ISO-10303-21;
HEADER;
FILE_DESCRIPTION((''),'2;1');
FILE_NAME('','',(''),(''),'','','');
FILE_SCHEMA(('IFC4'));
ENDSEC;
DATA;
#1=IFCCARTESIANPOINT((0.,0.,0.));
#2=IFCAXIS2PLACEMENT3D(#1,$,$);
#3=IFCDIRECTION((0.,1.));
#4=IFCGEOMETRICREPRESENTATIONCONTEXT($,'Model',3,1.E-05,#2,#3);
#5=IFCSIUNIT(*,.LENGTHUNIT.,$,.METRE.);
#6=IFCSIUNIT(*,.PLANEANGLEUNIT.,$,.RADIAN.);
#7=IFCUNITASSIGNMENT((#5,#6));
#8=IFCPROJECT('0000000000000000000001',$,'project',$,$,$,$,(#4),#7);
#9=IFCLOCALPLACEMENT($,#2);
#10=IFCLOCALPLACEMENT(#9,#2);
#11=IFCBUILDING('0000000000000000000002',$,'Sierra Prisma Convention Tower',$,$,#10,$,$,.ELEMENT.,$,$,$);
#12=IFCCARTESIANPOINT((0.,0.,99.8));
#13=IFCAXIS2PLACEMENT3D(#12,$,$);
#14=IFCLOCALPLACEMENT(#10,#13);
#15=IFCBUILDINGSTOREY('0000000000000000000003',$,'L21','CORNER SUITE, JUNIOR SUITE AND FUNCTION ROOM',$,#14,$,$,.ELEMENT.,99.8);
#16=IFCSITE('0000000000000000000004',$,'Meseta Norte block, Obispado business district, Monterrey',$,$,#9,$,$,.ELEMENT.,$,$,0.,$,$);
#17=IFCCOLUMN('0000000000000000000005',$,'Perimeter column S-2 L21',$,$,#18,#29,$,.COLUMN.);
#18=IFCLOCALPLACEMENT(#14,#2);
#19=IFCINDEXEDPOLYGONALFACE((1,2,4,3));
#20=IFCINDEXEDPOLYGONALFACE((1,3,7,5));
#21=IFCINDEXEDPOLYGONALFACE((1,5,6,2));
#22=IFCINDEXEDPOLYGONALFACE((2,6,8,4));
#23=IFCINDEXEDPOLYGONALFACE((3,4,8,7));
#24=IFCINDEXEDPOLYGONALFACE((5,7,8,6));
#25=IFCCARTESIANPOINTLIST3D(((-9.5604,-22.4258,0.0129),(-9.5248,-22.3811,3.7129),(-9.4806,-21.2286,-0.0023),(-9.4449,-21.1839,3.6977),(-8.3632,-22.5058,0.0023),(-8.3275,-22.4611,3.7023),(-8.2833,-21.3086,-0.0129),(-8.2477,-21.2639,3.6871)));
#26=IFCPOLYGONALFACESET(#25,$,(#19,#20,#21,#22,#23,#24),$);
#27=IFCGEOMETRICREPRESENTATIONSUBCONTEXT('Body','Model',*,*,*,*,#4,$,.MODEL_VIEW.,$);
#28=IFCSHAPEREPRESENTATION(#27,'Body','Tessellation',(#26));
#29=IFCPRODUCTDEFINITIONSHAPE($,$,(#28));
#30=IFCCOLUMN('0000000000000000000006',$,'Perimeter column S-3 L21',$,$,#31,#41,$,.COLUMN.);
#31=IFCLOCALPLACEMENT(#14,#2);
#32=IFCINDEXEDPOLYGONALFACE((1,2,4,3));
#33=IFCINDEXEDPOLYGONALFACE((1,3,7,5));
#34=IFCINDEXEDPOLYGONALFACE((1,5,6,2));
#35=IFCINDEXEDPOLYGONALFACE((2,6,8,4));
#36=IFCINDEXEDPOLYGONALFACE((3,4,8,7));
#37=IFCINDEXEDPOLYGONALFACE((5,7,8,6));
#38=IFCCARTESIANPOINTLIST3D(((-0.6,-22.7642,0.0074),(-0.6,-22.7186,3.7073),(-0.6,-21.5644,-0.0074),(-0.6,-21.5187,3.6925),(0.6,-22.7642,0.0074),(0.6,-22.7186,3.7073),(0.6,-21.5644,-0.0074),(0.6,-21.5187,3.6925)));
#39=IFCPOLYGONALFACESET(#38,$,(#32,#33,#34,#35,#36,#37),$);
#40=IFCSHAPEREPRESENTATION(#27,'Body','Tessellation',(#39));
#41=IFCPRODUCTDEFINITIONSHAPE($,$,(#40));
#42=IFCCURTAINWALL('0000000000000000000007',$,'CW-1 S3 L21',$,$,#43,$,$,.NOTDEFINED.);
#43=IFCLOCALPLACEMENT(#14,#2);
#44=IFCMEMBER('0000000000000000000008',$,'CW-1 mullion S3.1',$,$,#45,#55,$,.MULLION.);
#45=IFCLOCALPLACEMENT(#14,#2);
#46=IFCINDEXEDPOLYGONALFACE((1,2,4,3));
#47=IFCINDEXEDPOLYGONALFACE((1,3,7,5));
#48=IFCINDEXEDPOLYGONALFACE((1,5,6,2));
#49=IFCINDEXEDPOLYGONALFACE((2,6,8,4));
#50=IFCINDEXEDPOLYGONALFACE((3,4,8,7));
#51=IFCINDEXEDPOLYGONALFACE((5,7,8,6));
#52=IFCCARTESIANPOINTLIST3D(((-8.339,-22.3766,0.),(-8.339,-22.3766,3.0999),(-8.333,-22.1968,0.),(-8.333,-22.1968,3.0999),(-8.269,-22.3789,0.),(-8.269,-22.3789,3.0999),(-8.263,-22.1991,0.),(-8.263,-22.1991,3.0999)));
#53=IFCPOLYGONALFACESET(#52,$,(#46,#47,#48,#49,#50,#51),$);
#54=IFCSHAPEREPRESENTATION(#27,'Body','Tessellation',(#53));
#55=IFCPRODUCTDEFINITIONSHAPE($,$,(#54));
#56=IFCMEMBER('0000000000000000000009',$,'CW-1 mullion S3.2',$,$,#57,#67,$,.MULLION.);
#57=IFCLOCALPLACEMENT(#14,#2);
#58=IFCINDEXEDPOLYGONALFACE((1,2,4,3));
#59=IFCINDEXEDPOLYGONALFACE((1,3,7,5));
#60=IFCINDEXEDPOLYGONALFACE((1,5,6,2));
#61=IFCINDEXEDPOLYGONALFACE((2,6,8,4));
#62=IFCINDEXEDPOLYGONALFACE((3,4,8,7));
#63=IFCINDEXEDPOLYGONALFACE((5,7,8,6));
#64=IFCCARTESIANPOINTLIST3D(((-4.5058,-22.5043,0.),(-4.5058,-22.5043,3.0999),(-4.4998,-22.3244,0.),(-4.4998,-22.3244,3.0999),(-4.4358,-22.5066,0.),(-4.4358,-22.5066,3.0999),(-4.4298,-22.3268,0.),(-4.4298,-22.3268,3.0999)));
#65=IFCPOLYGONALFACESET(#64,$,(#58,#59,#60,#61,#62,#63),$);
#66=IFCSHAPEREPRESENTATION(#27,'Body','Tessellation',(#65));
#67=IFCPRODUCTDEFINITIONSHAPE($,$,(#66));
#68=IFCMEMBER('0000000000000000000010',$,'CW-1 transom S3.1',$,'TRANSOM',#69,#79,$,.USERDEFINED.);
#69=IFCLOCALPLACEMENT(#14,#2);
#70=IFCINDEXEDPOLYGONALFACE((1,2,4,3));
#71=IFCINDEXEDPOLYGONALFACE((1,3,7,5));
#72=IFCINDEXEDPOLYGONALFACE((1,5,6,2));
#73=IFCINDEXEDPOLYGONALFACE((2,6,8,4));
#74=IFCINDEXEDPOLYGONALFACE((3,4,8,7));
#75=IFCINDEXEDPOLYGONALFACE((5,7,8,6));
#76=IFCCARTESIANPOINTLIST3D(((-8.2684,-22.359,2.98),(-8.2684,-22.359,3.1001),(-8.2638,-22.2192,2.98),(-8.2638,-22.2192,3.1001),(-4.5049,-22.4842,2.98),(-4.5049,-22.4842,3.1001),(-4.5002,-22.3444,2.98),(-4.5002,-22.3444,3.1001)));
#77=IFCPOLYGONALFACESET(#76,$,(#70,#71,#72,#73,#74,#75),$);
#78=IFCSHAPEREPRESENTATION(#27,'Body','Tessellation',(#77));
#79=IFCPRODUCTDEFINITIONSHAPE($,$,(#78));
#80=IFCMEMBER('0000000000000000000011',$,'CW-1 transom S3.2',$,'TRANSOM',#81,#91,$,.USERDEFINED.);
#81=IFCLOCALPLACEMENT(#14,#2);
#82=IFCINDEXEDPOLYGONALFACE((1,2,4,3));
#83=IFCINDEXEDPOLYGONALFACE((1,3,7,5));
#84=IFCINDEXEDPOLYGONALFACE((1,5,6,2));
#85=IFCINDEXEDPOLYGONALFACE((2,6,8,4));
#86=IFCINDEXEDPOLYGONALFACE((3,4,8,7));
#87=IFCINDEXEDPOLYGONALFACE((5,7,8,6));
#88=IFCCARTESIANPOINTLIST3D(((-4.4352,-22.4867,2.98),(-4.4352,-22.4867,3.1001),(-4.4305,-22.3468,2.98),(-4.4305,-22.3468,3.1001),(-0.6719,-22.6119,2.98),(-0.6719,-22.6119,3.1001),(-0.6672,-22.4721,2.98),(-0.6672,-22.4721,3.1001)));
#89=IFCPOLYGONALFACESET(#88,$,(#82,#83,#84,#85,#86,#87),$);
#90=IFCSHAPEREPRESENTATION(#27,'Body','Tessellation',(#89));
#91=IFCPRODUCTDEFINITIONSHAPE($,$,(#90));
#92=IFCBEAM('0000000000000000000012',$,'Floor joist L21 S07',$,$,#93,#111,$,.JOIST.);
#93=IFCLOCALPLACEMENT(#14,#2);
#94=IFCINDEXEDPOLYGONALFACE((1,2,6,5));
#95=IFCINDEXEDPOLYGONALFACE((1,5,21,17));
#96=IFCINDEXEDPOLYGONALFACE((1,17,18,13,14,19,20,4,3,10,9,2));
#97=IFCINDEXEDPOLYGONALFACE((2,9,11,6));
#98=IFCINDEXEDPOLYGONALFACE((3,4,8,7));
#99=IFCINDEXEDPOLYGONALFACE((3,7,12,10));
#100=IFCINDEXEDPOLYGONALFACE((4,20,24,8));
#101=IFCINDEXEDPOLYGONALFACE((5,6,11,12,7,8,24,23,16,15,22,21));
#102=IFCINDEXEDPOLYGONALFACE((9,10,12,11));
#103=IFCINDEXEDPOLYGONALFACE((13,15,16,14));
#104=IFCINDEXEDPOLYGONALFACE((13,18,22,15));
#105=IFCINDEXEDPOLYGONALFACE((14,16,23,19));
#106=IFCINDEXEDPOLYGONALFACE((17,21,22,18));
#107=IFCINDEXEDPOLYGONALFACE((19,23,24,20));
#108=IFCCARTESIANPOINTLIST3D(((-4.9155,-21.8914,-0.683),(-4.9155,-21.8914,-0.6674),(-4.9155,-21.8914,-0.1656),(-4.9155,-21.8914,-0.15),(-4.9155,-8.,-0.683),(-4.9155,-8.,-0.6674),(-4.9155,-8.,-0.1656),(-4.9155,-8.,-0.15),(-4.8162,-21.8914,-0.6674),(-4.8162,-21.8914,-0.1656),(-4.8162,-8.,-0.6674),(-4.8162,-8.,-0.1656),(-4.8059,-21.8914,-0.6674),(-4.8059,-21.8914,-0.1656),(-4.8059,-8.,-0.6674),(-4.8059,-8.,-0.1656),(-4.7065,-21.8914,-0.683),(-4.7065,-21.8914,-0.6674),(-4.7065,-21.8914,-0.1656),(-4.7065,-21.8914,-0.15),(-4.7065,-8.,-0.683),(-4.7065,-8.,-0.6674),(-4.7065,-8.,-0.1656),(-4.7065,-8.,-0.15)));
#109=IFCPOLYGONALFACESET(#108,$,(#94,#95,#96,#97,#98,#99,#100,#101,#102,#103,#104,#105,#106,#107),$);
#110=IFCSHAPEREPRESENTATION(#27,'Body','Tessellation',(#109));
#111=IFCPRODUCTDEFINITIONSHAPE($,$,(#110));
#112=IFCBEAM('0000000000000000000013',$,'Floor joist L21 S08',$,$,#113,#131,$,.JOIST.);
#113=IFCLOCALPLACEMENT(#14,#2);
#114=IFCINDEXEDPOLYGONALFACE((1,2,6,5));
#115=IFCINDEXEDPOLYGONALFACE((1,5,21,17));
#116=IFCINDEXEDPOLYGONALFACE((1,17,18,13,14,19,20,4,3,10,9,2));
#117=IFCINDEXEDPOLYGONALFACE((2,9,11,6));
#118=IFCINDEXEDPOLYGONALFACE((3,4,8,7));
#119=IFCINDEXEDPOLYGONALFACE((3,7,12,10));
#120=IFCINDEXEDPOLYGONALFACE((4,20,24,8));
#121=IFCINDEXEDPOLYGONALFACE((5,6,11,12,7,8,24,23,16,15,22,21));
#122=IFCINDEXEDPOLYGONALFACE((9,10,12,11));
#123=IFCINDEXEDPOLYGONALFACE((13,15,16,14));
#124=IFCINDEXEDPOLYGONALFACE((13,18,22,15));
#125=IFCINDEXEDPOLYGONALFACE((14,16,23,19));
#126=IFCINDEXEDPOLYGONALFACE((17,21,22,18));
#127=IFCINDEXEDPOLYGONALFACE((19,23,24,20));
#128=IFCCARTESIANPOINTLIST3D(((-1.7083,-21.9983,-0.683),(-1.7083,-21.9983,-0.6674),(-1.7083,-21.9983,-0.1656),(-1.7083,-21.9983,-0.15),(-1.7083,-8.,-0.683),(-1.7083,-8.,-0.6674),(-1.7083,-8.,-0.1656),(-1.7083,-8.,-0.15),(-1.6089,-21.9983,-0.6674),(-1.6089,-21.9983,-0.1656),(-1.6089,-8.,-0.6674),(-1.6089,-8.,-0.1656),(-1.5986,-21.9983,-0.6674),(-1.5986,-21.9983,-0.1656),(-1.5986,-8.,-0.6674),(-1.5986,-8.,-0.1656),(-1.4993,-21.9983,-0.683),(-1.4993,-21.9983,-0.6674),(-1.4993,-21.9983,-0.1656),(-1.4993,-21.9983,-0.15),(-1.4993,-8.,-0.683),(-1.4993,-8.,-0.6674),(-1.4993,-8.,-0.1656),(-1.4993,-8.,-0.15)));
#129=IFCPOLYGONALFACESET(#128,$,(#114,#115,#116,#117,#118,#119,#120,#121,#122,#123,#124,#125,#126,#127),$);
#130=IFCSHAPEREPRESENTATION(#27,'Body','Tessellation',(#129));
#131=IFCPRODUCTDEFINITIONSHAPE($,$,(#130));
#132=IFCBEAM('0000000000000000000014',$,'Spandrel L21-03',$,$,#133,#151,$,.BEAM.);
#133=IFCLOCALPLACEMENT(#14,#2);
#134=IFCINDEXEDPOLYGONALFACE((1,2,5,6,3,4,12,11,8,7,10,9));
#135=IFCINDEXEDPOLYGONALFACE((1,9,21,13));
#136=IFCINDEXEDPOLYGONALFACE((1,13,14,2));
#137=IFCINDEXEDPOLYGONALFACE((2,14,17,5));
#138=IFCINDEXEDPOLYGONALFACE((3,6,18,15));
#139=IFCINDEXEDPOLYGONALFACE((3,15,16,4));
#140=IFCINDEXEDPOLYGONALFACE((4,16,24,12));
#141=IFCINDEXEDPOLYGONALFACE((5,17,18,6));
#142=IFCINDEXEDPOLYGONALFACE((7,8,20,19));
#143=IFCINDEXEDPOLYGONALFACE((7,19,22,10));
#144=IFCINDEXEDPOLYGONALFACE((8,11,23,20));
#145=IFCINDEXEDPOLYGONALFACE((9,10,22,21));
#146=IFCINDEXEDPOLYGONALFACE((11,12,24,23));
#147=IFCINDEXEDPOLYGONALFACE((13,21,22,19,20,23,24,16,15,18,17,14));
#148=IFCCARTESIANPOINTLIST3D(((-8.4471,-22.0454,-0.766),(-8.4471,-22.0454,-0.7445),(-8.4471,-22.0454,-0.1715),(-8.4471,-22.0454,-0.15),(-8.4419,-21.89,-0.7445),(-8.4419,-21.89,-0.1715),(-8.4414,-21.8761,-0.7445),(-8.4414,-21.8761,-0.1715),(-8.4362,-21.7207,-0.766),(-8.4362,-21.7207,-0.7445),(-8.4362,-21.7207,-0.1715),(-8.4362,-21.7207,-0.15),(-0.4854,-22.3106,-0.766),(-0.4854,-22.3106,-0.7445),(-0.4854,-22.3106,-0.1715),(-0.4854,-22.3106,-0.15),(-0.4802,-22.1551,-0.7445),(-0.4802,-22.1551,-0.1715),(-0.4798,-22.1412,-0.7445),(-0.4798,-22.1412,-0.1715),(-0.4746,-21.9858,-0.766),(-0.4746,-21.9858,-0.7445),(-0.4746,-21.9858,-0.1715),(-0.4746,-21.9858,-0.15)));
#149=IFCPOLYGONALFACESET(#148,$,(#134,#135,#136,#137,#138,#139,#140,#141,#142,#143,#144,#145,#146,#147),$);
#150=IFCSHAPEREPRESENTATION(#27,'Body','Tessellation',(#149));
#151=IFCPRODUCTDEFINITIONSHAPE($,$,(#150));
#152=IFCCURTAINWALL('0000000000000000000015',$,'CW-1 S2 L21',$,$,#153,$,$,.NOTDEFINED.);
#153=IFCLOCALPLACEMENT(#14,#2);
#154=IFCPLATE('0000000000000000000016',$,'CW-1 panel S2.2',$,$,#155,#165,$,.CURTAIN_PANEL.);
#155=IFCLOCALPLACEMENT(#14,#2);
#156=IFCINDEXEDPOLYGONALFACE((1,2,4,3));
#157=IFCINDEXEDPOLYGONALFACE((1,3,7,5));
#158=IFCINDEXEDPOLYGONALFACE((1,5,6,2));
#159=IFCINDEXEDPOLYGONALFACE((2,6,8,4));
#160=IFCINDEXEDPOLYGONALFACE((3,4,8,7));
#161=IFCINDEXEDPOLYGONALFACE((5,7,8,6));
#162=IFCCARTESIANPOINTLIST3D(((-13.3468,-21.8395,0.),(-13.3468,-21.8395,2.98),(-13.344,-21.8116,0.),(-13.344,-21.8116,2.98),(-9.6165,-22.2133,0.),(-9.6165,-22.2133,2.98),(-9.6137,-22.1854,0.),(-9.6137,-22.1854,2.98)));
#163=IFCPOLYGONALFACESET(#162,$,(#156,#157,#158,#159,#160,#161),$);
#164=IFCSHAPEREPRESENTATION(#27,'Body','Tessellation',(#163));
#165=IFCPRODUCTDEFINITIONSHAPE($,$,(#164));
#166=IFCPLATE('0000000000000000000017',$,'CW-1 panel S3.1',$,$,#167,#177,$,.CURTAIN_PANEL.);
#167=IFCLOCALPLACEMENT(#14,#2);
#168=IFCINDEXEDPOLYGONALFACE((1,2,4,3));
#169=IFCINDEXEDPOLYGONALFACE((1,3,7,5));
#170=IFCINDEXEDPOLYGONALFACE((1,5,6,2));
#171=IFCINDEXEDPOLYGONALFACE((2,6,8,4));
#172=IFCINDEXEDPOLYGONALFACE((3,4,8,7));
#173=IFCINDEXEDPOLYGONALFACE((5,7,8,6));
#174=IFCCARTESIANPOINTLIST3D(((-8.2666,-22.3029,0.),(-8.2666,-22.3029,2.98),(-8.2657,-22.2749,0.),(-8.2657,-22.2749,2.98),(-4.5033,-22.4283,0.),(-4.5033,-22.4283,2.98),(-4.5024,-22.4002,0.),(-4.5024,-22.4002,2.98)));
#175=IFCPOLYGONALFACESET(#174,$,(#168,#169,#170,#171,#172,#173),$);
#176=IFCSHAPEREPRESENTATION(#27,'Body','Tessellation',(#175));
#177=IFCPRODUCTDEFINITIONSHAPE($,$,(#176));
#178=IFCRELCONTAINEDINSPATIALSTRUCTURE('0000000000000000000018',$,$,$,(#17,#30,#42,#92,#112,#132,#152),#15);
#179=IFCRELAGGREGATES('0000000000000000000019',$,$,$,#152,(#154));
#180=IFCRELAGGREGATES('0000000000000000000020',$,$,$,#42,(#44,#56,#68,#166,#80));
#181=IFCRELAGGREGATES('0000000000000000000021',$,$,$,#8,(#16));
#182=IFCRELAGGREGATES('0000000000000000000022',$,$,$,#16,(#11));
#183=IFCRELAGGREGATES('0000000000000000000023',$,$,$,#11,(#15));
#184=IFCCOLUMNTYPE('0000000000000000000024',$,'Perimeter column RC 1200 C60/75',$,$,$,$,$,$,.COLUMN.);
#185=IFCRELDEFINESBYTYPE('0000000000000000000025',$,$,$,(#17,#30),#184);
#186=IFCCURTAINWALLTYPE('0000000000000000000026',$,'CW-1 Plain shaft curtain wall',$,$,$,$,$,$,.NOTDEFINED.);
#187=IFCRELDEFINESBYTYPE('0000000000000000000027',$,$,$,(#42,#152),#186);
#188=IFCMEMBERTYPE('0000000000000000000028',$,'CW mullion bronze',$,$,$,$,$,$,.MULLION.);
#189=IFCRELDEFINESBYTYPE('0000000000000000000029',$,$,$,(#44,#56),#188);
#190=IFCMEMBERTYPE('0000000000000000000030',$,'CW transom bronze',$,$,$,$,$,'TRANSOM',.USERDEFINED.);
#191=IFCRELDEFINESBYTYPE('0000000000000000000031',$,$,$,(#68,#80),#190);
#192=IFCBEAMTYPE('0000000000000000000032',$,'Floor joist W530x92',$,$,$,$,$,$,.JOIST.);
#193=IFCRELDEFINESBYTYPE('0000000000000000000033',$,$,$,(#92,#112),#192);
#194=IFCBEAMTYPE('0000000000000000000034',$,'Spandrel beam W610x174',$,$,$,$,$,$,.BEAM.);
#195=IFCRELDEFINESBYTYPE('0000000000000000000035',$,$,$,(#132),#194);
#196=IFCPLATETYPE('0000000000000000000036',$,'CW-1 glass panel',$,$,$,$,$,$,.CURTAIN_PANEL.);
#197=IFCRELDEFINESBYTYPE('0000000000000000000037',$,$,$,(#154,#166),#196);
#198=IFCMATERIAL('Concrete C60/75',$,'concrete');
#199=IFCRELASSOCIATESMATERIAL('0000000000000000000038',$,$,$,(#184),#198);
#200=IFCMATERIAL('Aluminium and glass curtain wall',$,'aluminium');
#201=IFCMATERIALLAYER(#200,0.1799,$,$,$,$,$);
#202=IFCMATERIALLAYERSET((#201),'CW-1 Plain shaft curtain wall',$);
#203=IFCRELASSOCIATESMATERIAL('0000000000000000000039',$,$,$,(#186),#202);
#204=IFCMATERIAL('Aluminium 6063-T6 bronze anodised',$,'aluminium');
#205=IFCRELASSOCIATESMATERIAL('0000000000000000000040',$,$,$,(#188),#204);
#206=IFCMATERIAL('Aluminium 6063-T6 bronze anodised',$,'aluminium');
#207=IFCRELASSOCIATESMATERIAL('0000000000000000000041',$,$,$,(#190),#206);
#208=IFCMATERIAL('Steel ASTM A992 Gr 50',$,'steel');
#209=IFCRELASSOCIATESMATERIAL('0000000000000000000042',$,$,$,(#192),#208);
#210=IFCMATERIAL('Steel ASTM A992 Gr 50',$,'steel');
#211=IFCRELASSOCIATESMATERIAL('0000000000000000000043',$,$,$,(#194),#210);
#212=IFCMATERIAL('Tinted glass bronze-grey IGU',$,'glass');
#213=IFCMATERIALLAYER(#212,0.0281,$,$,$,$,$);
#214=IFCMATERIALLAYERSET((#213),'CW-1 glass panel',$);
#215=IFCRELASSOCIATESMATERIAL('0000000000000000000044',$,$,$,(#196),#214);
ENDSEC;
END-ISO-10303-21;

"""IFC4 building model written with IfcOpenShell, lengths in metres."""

from ifc_helpers import new_model, si_unit, direction, frame, origin, origin_2d, place, context, subcontext, project, spatial, rectangle, i_section, extrude, material, layer, layer_set, material_profile, profile_set, type_object, element, aggregate, save


model = new_model("IFC4")

# Units and contexts
model_context = context("Model", 3, precision=1e-05, world=origin(), true_north=direction((0.0, 1.0)))
body_context = subcontext(model_context, "Body", "Model", "MODEL_VIEW")
ifc_project = project(units=[si_unit("LENGTHUNIT", "METRE"), si_unit("PLANEANGLEUNIT", "RADIAN")], contexts=[model_context])

# Site, building, storey
site_placement = place(None, origin())
site = spatial("IfcSite", under=ifc_project, at=site_placement, Name="Meseta Norte block, Obispado business district, Monterrey", CompositionType="ELEMENT", RefElevation=0.0)
building_placement = place(site_placement, origin())
building = spatial("IfcBuilding", under=site, at=building_placement, Name="Sierra Prisma Convention Tower", CompositionType="ELEMENT")
storey_placement = place(building_placement, frame((0.0, 0.0, 99.8)))
storey = spatial("IfcBuildingStorey", under=building, at=storey_placement, Name="L21", Description="CORNER SUITE, JUNIOR SUITE AND FUNCTION ROOM", CompositionType="ELEMENT", Elevation=99.8)

# Columns
ifc_material_1 = material(Name="Concrete C60/75", Category="concrete")
ifc_material_profile_1 = material_profile(ifc_material_1, rectangle(XDim=1.2, YDim=1.2, at=origin_2d()), Name="Perimeter column RC 1200 C60/75")
ifc_profile_set_1 = profile_set([ifc_material_profile_1], Name="Concrete C60/75")
column_type = type_object("IfcColumnType", Name="Perimeter column RC 1200 C60/75", PredefinedType="COLUMN", material=ifc_profile_set_1)
column_1_placement = place(storey_placement, frame((-8.9219, -21.8672, 0.0), z_axis=(0.009633, 0.012074, 0.999881), x_axis=(-0.997738, 0.066646, 0.008807)))
element("IfcColumn", 1, at=column_1_placement, inside=storey, type_object=column_type, Name="Perimeter column S-2 L21", PredefinedType="COLUMN", context=body_context, shape_type="SweptSolid", body=[
    extrude(rectangle(XDim=1.2, YDim=1.2, at=origin_2d()), origin(), (0.0, 0.0, 1.0), 3.7004),
])
column_2_placement = place(storey_placement, frame((0.0, -22.1643, 0.0), z_axis=(0.0, 0.012338, 0.999924), x_axis=(1.0, 0.0, 0.0)))
element("IfcColumn", 2, at=column_2_placement, inside=storey, type_object=column_type, Name="Perimeter column S-3 L21", PredefinedType="COLUMN", context=body_context, shape_type="SweptSolid", body=[
    extrude(rectangle(XDim=1.2, YDim=1.2, at=origin_2d()), origin(), (0.0, 0.0, 1.0), 3.7002),
])

# Curtain wall, members
ifc_material_2 = material(Name="Aluminium and glass curtain wall", Category="aluminium")
ifc_layer_1 = layer(ifc_material_2, 0.1799)
ifc_layer_set_1 = layer_set([ifc_layer_1], Name="CW-1 Plain shaft curtain wall")
curtain_wall_type = type_object("IfcCurtainWallType", Name="CW-1 Plain shaft curtain wall", PredefinedType="NOTDEFINED", material=ifc_layer_set_1)
curtain_wall_1_placement = place(storey_placement, origin())
curtain_wall_1 = element("IfcCurtainWall", 3, at=curtain_wall_1_placement, inside=storey, type_object=curtain_wall_type, Name="CW-1 S3 L21", PredefinedType="NOTDEFINED")
ifc_material_3 = material(Name="Aluminium 6063-T6 bronze anodised", Category="aluminium")
ifc_material_profile_2 = material_profile(ifc_material_3, rectangle(XDim=0.1799, YDim=0.0701, at=origin_2d()), Name="ALU MULLION 70x180")
ifc_profile_set_2 = profile_set([ifc_material_profile_2], Name="Aluminium 6063-T6 bronze anodised")
member_type_1 = type_object("IfcMemberType", Name="CW mullion bronze", PredefinedType="MULLION", material=ifc_profile_set_2)
member_1_placement = place(storey_placement, frame((-8.301, -22.2878, 0.0), z_axis=(0.0, 0.0, 1.0), x_axis=(0.033286, 0.999446, 0.0)))
member_1 = element("IfcMember", 4, at=member_1_placement, type_object=member_type_1, Name="CW-1 mullion S3.1", PredefinedType="MULLION", context=body_context, shape_type="SweptSolid", body=[
    extrude(rectangle(XDim=0.1799, YDim=0.0701, at=origin_2d()), origin(), (0.0, 0.0, 1.0), 3.0999),
])
member_2_placement = place(storey_placement, frame((-4.4678, -22.4155, 0.0), z_axis=(0.0, 0.0, 1.0), x_axis=(0.033286, 0.999446, 0.0)))
member_2 = element("IfcMember", 5, at=member_2_placement, type_object=member_type_1, Name="CW-1 mullion S3.2", PredefinedType="MULLION", context=body_context, shape_type="SweptSolid", body=[
    extrude(rectangle(XDim=0.1799, YDim=0.0701, at=origin_2d()), origin(), (0.0, 0.0, 1.0), 3.0999),
])
ifc_material_4 = material(Name="Aluminium 6063-T6 bronze anodised", Category="aluminium")
ifc_material_profile_3 = material_profile(ifc_material_4, rectangle(XDim=0.1399, YDim=0.1201, at=origin_2d()), Name="ALU TRANSOM 120x140")
ifc_profile_set_3 = profile_set([ifc_material_profile_3], Name="Aluminium 6063-T6 bronze anodised")
member_type_2 = type_object("IfcMemberType", Name="CW transom bronze", ElementType="TRANSOM", PredefinedType="USERDEFINED", material=ifc_profile_set_3)
member_3_placement = place(storey_placement, frame((-8.2661, -22.2891, 3.04), z_axis=(0.999447, -0.033261, 0.0), x_axis=(0.033261, 0.999447, 0.0)))
member_3 = element("IfcMember", 6, at=member_3_placement, type_object=member_type_2, Name="CW-1 transom S3.1", ObjectType="TRANSOM", PredefinedType="USERDEFINED", context=body_context, shape_type="SweptSolid", body=[
    extrude(rectangle(XDim=0.1399, YDim=0.1201, at=origin_2d()), origin(), (0.0, 0.0, 1.0), 3.7656),
])
member_4_placement = place(storey_placement, frame((-4.4329, -22.4167, 3.04), z_axis=(0.999447, -0.033263, 0.0), x_axis=(0.033263, 0.999447, 0.0)))
member_4 = element("IfcMember", 7, at=member_4_placement, type_object=member_type_2, Name="CW-1 transom S3.2", ObjectType="TRANSOM", PredefinedType="USERDEFINED", context=body_context, shape_type="SweptSolid", body=[
    extrude(rectangle(XDim=0.1399, YDim=0.1201, at=origin_2d()), origin(), (0.0, 0.0, 1.0), 3.7654),
])

# Beams
ifc_material_5 = material(Name="Steel ASTM A992 Gr 50", Category="steel")
ifc_material_profile_4 = material_profile(ifc_material_5, i_section(OverallWidth=0.209, OverallDepth=0.533, WebThickness=0.0103, FlangeThickness=0.0156, at=origin_2d()), Name="W530x92")
ifc_profile_set_4 = profile_set([ifc_material_profile_4], Name="Steel ASTM A992 Gr 50")
beam_type_1 = type_object("IfcBeamType", Name="Floor joist W530x92", PredefinedType="JOIST", material=ifc_profile_set_4)
beam_1_placement = place(storey_placement, frame((-4.811, -21.8914, -0.4165), z_axis=(0.0, 1.0, 0.0), x_axis=(-1.0, 0.0, 0.0)))
element("IfcBeam", 8, at=beam_1_placement, inside=storey, type_object=beam_type_1, Name="Floor joist L21 S07", PredefinedType="JOIST", context=body_context, shape_type="SweptSolid", body=[
    extrude(i_section(OverallWidth=0.209, OverallDepth=0.533, WebThickness=0.0103, FlangeThickness=0.0156, at=origin_2d()), origin(), (0.0, 0.0, 1.0), 13.8914),
])
beam_2_placement = place(storey_placement, frame((-1.6038, -21.9983, -0.4165), z_axis=(0.0, 1.0, 0.0), x_axis=(-1.0, 0.0, 0.0)))
element("IfcBeam", 9, at=beam_2_placement, inside=storey, type_object=beam_type_1, Name="Floor joist L21 S08", PredefinedType="JOIST", context=body_context, shape_type="SweptSolid", body=[
    extrude(i_section(OverallWidth=0.209, OverallDepth=0.533, WebThickness=0.0103, FlangeThickness=0.0156, at=origin_2d()), origin(), (0.0, 0.0, 1.0), 13.9983),
])
ifc_material_6 = material(Name="Steel ASTM A992 Gr 50", Category="steel")
ifc_material_profile_5 = material_profile(ifc_material_6, i_section(OverallWidth=0.325, OverallDepth=0.616, WebThickness=0.0139, FlangeThickness=0.0215, at=origin_2d()), Name="W610x174")
ifc_profile_set_5 = profile_set([ifc_material_profile_5], Name="Steel ASTM A992 Gr 50")
beam_type_2 = type_object("IfcBeamType", Name="Spandrel beam W610x174", PredefinedType="BEAM", material=ifc_profile_set_5)
beam_3_placement = place(storey_placement, frame((-8.4417, -21.8831, -0.458), z_axis=(0.999446, -0.033283, 0.0), x_axis=(0.033283, 0.999446, 0.0)))
element("IfcBeam", 10, at=beam_3_placement, inside=storey, type_object=beam_type_2, Name="Spandrel L21-03", PredefinedType="BEAM", context=body_context, shape_type="SweptSolid", body=[
    extrude(i_section(OverallWidth=0.325, OverallDepth=0.616, WebThickness=0.0139, FlangeThickness=0.0215, at=origin_2d()), origin(), (0.0, 0.0, 1.0), 7.9661),
])

# Curtain wall, plate
curtain_wall_2_placement = place(storey_placement, origin())
curtain_wall_2 = element("IfcCurtainWall", 11, at=curtain_wall_2_placement, inside=storey, type_object=curtain_wall_type, Name="CW-1 S2 L21", PredefinedType="NOTDEFINED")
ifc_material_7 = material(Name="Tinted glass bronze-grey IGU", Category="glass")
ifc_layer_2 = layer(ifc_material_7, 0.0281)
ifc_layer_set_2 = layer_set([ifc_layer_2], Name="CW-1 glass panel")
plate_type = type_object("IfcPlateType", Name="CW-1 glass panel", PredefinedType="CURTAIN_PANEL", material=ifc_layer_set_2)
plate_1_placement = place(storey_placement, frame((-11.4802, -22.0125, 0.0), z_axis=(0.0, 0.0, 1.0), x_axis=(0.995016, -0.099711, 0.0)))
plate_1 = element("IfcPlate", 12, at=plate_1_placement, type_object=plate_type, Name="CW-1 panel S2.2", PredefinedType="CURTAIN_PANEL", context=body_context, shape_type="SweptSolid", body=[
    extrude(rectangle(XDim=3.749, YDim=0.0281, at=origin_2d()), origin(), (0.0, 0.0, 1.0), 2.98),
])
aggregate(curtain_wall_2, [plate_1])

# Plate
plate_2_placement = place(storey_placement, frame((-6.3845, -22.3516, 0.0), z_axis=(0.0, 0.0, 1.0), x_axis=(0.999446, -0.033286, 0.0)))
plate_2 = element("IfcPlate", 13, at=plate_2_placement, type_object=plate_type, Name="CW-1 panel S3.1", PredefinedType="CURTAIN_PANEL", context=body_context, shape_type="SweptSolid", body=[
    extrude(rectangle(XDim=3.7654, YDim=0.0281, at=origin_2d()), origin(), (0.0, 0.0, 1.0), 2.98),
])
aggregate(curtain_wall_1, [member_1, member_2, member_3, plate_2, member_4])

save(model, "model.ifc")
